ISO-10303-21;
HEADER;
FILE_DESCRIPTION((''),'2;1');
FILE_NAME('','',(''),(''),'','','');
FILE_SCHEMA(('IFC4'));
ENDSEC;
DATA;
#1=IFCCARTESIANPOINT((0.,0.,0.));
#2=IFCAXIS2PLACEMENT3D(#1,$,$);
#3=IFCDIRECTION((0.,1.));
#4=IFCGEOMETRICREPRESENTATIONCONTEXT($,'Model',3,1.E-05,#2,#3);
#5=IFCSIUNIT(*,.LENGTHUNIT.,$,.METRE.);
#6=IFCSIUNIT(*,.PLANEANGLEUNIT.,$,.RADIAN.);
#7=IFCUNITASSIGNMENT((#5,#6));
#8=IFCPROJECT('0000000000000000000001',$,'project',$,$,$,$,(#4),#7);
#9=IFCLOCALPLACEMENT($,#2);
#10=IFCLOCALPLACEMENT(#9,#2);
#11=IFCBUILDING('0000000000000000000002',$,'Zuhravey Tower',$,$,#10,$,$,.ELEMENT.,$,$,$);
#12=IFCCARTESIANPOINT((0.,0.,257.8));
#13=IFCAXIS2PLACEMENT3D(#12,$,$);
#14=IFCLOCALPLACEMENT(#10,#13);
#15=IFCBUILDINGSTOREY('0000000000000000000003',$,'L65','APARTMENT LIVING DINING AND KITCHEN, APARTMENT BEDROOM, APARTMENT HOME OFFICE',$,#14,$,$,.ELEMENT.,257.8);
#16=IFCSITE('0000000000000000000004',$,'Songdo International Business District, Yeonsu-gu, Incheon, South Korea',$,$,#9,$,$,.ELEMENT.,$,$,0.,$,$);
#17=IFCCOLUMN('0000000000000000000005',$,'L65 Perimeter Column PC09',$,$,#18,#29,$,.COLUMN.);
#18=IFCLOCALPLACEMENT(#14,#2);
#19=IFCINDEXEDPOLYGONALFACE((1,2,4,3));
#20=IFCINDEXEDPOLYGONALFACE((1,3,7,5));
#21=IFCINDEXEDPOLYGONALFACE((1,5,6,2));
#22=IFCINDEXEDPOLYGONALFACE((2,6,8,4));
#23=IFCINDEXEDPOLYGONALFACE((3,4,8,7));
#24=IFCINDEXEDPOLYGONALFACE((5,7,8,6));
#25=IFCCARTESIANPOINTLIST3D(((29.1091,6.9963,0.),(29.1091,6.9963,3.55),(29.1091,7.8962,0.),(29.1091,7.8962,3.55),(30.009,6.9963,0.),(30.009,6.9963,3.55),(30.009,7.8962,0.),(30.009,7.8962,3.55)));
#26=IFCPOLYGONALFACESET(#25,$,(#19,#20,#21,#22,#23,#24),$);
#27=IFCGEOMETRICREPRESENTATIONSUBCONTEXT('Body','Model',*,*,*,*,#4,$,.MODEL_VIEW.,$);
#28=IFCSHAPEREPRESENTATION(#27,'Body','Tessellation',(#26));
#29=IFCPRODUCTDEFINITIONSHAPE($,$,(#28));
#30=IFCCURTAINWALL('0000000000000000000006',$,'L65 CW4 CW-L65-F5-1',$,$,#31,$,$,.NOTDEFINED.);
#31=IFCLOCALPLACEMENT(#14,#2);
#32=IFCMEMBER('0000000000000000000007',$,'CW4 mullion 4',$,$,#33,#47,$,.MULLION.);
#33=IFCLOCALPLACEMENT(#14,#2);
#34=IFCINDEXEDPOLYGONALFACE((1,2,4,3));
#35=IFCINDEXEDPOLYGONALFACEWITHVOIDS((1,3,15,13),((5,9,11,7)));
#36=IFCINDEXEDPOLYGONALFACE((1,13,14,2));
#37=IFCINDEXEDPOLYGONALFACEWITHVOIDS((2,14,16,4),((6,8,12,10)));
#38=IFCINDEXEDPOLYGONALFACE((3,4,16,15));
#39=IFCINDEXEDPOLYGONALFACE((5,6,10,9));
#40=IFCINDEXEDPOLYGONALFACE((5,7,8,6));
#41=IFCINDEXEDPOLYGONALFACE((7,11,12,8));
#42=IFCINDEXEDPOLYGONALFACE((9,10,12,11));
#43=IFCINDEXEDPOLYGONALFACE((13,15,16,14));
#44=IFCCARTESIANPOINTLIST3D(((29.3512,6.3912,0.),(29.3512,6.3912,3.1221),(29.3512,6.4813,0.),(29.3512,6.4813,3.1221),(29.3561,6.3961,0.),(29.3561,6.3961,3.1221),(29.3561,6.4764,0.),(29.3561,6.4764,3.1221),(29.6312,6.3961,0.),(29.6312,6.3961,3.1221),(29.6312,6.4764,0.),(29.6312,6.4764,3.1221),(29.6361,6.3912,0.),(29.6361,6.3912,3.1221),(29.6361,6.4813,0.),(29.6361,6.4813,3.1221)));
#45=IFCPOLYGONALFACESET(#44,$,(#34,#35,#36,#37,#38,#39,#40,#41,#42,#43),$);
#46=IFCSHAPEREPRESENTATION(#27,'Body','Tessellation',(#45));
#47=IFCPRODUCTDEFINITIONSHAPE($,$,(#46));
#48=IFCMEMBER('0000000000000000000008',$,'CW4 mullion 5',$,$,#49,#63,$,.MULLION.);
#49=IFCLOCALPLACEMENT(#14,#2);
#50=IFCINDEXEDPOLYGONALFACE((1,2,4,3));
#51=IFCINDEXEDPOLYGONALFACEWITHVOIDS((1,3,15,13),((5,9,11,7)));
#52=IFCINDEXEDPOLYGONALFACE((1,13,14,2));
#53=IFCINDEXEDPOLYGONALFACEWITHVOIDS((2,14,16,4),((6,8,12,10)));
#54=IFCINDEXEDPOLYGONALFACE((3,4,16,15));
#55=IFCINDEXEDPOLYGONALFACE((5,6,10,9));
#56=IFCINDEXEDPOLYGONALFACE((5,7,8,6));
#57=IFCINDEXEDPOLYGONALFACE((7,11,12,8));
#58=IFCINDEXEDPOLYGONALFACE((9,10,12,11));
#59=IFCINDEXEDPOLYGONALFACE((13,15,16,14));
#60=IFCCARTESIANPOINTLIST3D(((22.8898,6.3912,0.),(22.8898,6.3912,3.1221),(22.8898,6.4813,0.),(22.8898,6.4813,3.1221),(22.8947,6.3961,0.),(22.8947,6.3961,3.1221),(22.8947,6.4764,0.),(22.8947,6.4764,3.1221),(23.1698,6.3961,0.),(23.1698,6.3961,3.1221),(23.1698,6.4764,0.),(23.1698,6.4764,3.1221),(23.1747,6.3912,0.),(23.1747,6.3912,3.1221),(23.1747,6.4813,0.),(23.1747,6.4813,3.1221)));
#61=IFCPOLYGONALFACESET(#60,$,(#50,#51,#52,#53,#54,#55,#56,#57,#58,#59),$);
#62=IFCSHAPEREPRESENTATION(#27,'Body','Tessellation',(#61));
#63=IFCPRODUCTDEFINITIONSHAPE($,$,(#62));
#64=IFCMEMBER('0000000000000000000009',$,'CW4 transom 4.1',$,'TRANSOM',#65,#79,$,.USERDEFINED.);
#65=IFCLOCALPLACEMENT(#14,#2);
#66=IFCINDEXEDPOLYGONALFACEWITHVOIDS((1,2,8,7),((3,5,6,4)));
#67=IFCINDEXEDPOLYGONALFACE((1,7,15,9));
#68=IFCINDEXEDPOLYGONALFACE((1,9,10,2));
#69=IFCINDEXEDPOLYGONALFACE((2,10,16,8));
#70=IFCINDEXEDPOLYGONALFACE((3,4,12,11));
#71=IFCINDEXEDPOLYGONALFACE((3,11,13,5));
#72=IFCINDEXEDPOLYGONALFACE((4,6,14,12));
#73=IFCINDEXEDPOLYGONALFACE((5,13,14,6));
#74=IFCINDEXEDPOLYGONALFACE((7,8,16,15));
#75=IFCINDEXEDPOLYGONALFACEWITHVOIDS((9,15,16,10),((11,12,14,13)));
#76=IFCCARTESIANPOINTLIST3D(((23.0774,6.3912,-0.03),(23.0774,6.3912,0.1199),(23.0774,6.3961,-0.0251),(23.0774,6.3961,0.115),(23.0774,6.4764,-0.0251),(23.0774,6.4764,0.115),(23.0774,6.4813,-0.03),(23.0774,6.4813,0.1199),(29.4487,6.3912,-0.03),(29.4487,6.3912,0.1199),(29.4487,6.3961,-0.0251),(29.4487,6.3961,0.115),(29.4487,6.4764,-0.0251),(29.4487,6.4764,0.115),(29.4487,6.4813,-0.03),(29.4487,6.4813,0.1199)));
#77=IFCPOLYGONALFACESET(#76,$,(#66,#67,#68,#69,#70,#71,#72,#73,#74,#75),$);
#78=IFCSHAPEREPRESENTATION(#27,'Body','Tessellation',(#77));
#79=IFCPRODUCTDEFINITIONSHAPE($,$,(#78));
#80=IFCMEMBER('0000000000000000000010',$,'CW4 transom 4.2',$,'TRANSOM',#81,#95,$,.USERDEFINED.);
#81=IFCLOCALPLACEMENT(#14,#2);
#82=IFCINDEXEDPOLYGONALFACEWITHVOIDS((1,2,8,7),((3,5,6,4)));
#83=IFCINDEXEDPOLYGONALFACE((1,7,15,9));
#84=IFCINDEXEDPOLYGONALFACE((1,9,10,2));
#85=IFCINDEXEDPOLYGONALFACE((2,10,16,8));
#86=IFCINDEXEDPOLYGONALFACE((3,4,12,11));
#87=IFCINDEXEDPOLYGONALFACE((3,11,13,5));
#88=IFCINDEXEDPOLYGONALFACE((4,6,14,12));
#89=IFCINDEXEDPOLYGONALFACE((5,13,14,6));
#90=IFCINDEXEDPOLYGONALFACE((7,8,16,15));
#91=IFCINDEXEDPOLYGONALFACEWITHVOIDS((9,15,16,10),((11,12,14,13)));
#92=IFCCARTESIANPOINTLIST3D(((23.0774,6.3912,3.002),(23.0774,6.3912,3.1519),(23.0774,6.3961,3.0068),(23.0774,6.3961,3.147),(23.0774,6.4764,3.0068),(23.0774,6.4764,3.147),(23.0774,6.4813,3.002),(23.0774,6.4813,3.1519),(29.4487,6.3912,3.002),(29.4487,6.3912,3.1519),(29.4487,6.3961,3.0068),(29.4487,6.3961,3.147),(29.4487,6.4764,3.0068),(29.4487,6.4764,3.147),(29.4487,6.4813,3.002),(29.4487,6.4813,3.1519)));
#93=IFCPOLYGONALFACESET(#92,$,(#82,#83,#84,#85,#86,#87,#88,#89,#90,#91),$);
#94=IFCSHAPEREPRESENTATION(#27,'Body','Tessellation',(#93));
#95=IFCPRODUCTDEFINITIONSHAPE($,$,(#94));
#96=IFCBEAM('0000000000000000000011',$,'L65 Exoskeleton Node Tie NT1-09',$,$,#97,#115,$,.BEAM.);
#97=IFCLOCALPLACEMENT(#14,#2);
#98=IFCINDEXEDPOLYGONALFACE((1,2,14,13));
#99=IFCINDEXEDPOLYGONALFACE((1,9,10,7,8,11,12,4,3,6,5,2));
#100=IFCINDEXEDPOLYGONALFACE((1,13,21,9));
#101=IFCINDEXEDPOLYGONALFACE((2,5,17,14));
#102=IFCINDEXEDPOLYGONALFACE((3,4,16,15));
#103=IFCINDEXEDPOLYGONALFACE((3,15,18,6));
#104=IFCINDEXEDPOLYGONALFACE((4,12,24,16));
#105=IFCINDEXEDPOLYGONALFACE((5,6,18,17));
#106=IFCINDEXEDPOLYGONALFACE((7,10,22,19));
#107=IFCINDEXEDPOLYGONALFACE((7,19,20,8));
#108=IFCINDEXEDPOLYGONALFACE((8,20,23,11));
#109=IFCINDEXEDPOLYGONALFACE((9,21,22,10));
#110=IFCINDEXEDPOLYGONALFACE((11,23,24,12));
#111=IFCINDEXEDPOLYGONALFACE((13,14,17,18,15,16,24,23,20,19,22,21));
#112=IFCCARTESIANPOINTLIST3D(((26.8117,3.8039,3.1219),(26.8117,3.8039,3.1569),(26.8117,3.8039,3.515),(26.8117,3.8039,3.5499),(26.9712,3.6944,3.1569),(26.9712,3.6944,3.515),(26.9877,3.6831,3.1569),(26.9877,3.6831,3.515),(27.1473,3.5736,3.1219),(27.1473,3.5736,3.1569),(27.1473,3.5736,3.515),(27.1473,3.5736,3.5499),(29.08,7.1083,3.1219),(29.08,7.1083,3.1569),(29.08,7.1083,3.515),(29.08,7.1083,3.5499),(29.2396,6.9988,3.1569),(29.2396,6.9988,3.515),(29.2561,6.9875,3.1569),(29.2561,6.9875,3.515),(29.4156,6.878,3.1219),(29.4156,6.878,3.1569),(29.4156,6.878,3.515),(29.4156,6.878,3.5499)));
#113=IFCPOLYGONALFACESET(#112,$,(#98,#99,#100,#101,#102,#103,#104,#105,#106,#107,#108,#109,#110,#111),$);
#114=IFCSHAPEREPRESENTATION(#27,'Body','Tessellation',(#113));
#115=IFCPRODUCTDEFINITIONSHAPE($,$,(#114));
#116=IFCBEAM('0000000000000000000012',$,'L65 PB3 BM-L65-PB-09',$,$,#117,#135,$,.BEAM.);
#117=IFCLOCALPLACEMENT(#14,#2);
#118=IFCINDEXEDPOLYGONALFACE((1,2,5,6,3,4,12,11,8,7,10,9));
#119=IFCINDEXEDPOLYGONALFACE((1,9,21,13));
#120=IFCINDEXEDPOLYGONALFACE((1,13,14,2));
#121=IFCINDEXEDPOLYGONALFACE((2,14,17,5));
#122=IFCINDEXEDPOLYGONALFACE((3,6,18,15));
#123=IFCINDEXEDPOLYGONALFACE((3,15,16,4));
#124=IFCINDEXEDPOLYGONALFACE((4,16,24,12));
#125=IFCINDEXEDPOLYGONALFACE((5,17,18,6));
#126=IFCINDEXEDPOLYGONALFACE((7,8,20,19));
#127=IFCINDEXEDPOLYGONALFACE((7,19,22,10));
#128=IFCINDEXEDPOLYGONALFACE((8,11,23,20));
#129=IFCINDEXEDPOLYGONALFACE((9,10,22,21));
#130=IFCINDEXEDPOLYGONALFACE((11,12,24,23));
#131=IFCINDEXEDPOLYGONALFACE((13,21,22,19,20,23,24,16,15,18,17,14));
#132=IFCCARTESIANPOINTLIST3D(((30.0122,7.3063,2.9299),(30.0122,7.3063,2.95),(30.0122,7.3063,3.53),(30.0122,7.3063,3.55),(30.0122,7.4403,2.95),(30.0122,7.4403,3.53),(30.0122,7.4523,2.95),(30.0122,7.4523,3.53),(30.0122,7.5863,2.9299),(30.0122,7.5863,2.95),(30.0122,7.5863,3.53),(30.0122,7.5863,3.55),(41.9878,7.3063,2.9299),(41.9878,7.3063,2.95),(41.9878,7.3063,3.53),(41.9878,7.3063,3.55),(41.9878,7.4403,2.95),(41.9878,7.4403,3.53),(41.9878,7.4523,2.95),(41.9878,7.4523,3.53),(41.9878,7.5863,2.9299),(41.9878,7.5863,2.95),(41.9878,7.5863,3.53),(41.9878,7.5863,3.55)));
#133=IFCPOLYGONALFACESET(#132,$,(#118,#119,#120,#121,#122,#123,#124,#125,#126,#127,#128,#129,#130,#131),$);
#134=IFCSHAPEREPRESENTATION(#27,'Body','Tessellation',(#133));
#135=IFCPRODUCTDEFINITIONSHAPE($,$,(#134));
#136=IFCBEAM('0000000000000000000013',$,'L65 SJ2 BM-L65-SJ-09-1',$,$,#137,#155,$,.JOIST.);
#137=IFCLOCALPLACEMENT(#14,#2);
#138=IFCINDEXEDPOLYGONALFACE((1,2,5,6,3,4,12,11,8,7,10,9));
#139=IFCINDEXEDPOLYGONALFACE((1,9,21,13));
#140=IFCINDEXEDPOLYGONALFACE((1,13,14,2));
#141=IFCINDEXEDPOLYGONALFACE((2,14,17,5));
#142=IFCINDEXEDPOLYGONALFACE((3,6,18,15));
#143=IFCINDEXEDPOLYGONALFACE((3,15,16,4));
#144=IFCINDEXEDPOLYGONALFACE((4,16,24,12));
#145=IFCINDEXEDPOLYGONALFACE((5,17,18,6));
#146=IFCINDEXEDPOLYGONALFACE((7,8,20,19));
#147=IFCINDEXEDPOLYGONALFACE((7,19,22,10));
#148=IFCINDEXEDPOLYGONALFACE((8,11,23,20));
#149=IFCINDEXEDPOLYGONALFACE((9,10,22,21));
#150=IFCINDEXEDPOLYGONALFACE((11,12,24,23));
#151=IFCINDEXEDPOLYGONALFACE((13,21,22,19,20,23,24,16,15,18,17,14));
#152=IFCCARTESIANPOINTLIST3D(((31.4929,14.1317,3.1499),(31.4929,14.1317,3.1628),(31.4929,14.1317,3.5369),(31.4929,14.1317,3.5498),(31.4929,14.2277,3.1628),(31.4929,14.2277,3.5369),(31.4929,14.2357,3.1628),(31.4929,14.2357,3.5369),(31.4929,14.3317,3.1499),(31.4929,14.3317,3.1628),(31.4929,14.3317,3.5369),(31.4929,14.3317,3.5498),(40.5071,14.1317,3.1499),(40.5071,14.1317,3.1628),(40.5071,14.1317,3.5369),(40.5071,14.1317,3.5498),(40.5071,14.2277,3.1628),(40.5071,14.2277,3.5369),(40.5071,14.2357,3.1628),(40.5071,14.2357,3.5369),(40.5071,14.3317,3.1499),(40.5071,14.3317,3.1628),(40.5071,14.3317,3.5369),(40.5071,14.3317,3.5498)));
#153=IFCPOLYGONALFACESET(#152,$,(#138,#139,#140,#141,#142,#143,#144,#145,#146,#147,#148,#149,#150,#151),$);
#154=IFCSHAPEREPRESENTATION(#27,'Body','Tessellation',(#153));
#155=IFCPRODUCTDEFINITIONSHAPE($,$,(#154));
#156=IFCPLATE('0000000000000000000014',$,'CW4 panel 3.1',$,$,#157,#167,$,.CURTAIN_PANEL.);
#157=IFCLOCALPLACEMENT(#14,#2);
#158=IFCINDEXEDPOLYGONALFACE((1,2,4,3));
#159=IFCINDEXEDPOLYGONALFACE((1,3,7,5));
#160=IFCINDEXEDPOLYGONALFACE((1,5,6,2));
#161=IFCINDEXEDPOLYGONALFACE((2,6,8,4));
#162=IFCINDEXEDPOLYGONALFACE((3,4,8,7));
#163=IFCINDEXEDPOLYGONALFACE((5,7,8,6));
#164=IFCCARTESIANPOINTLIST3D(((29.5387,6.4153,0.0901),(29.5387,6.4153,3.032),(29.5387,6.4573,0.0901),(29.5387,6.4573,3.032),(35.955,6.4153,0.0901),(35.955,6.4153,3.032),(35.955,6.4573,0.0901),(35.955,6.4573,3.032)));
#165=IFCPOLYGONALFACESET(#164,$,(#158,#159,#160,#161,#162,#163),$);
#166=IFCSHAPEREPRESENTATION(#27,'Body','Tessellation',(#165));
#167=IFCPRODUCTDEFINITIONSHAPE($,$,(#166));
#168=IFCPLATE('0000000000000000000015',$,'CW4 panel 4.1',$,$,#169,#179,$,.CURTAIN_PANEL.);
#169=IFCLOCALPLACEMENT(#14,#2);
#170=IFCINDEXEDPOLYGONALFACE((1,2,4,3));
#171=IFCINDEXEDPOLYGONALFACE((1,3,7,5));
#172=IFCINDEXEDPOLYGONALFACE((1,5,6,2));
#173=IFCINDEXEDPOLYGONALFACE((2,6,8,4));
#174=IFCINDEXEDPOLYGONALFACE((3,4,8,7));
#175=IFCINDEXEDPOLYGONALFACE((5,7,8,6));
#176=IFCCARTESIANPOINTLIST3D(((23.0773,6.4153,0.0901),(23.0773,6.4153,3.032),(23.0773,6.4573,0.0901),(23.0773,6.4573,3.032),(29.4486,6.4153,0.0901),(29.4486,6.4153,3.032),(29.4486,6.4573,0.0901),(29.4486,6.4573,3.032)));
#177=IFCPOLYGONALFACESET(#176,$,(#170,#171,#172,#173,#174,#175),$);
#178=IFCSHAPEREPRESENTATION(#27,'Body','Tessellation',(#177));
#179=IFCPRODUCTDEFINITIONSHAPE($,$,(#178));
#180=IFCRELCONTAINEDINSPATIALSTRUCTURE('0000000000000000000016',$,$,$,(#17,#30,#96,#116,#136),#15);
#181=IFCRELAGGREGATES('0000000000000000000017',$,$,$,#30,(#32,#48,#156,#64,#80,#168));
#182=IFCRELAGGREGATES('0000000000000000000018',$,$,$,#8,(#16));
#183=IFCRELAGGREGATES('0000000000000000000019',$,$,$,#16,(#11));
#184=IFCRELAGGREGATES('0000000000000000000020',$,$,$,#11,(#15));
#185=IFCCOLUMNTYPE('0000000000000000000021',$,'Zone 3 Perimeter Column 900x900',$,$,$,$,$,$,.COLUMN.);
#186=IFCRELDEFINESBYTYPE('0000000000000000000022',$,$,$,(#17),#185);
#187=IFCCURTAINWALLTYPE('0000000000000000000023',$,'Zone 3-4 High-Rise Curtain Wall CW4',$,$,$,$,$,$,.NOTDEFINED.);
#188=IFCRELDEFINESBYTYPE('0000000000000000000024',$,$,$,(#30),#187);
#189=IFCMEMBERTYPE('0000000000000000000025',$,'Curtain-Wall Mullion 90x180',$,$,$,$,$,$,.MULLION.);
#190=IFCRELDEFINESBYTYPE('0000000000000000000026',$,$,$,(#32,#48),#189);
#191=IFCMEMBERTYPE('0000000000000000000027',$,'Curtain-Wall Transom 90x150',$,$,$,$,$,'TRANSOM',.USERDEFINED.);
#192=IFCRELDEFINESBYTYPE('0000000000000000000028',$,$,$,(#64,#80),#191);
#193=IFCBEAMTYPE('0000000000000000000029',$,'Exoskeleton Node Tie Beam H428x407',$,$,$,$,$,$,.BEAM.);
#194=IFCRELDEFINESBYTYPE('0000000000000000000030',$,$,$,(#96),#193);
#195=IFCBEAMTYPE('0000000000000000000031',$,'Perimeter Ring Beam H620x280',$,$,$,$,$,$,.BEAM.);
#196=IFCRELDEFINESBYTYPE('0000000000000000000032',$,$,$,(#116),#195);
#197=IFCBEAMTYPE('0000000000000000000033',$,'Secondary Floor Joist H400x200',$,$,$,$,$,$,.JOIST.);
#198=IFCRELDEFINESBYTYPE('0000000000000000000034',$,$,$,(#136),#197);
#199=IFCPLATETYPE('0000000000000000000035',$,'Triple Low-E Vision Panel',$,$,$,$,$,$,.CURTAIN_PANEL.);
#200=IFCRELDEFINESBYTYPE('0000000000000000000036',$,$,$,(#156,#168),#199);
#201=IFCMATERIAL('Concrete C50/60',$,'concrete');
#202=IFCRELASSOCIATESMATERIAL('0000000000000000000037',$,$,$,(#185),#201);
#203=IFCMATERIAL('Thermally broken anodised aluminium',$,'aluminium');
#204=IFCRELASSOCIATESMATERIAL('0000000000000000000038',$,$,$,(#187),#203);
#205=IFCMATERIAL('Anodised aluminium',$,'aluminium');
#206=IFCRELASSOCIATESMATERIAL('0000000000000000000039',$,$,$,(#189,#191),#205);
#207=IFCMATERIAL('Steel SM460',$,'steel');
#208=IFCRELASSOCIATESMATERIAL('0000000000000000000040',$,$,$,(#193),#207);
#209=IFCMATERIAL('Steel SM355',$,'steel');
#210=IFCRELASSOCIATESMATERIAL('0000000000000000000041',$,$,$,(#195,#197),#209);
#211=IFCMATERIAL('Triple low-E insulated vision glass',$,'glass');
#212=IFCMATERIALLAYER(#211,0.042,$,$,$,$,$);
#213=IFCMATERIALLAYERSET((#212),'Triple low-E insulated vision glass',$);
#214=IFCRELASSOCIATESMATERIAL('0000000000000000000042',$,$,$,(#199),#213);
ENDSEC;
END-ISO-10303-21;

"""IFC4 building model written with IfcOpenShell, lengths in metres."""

from ifc_helpers import new_model, si_unit, direction, frame, origin, origin_2d, place, context, subcontext, project, spatial, rectangle, hollow_rectangle, i_section, extrude, material, layer, layer_set, material_profile, profile_set, type_object, element, aggregate, save


model = new_model("IFC4")

# Units and contexts
model_context = context("Model", 3, precision=1e-05, world=origin(), true_north=direction((0.0, 1.0)))
body_context = subcontext(model_context, "Body", "Model", "MODEL_VIEW")
ifc_project = project(units=[si_unit("LENGTHUNIT", "METRE"), si_unit("PLANEANGLEUNIT", "RADIAN")], contexts=[model_context])

# Site, building, storey
site_placement = place(None, origin())
site = spatial("IfcSite", under=ifc_project, at=site_placement, Name="Songdo International Business District, Yeonsu-gu, Incheon, South Korea", CompositionType="ELEMENT", RefElevation=0.0)
building_placement = place(site_placement, origin())
building = spatial("IfcBuilding", under=site, at=building_placement, Name="Zuhravey Tower", CompositionType="ELEMENT")
storey_placement = place(building_placement, frame((0.0, 0.0, 257.8)))
storey = spatial("IfcBuildingStorey", under=building, at=storey_placement, Name="L65", Description="APARTMENT LIVING DINING AND KITCHEN, APARTMENT BEDROOM, APARTMENT HOME OFFICE", CompositionType="ELEMENT", Elevation=257.8)

# Column
ifc_material_1 = material(Name="Concrete C50/60", Category="concrete")
ifc_material_profile_1 = material_profile(ifc_material_1, rectangle(XDim=0.8999, YDim=0.8999, at=origin_2d()), Name="RC-900x900")
ifc_profile_set_1 = profile_set([ifc_material_profile_1], Name="Concrete C50/60")
column_type = type_object("IfcColumnType", Name="Zone 3 Perimeter Column 900x900", PredefinedType="COLUMN", material=ifc_profile_set_1)
column_placement = place(storey_placement, frame((29.5591, 7.4463, 0.0), z_axis=(0.0, 0.0, 1.0), x_axis=(1.0, 0.0, 0.0)))
element("IfcColumn", 1, at=column_placement, inside=storey, type_object=column_type, Name="L65 Perimeter Column PC09", PredefinedType="COLUMN", context=body_context, shape_type="SweptSolid", body=[
    extrude(rectangle(XDim=0.8999, YDim=0.8999, at=origin_2d()), origin(), (0.0, 0.0, 1.0), 3.55),
])

# Curtain wall, members
ifc_material_2 = material(Name="Thermally broken anodised aluminium", Category="aluminium")
curtain_wall_type = type_object("IfcCurtainWallType", Name="Zone 3-4 High-Rise Curtain Wall CW4", PredefinedType="NOTDEFINED", material=ifc_material_2)
curtain_wall_placement = place(storey_placement, origin())
curtain_wall = element("IfcCurtainWall", 2, at=curtain_wall_placement, inside=storey, type_object=curtain_wall_type, Name="L65 CW4 CW-L65-F5-1", PredefinedType="NOTDEFINED")
ifc_material_3 = material(Name="Anodised aluminium", Category="aluminium")
ifc_material_profile_2 = material_profile(ifc_material_3, hollow_rectangle(XDim=0.0901, YDim=0.2849, WallThickness=0.0049, at=origin_2d()), Name="ALU-RHS-90x285x5")
ifc_profile_set_2 = profile_set([ifc_material_profile_2], Name="Anodised aluminium")
member_type_1 = type_object("IfcMemberType", Name="Curtain-Wall Mullion 90x180", PredefinedType="MULLION", material=ifc_profile_set_2)
member_1_placement = place(storey_placement, frame((29.4937, 6.4363, 0.0), z_axis=(0.0, 0.0, 1.0), x_axis=(0.0, -1.0, 0.0)))
member_1 = element("IfcMember", 3, at=member_1_placement, type_object=member_type_1, Name="CW4 mullion 4", PredefinedType="MULLION", context=body_context, shape_type="SweptSolid", body=[
    extrude(hollow_rectangle(XDim=0.0901, YDim=0.2849, WallThickness=0.0049, at=origin_2d()), origin(), (0.0, 0.0, 1.0), 3.1221),
])
member_2_placement = place(storey_placement, frame((23.0322, 6.4363, 0.0), z_axis=(0.0, 0.0, 1.0), x_axis=(0.0, -1.0, 0.0)))
member_2 = element("IfcMember", 4, at=member_2_placement, type_object=member_type_1, Name="CW4 mullion 5", PredefinedType="MULLION", context=body_context, shape_type="SweptSolid", body=[
    extrude(hollow_rectangle(XDim=0.0901, YDim=0.2849, WallThickness=0.0049, at=origin_2d()), origin(), (0.0, 0.0, 1.0), 3.1221),
])
ifc_material_profile_3 = material_profile(ifc_material_3, hollow_rectangle(XDim=0.0901, YDim=0.1499, WallThickness=0.0049, at=origin_2d()), Name="ALU-RHS-90x150x5")
ifc_profile_set_3 = profile_set([ifc_material_profile_3], Name="Anodised aluminium")
member_type_2 = type_object("IfcMemberType", Name="Curtain-Wall Transom 90x150", ElementType="TRANSOM", PredefinedType="USERDEFINED", material=ifc_profile_set_3)
member_3_placement = place(storey_placement, frame((29.4487, 6.4363, 0.0449), z_axis=(-1.0, 0.0, 0.0), x_axis=(0.0, -1.0, 0.0)))
member_3 = element("IfcMember", 5, at=member_3_placement, type_object=member_type_2, Name="CW4 transom 4.1", ObjectType="TRANSOM", PredefinedType="USERDEFINED", context=body_context, shape_type="SweptSolid", body=[
    extrude(hollow_rectangle(XDim=0.0901, YDim=0.1499, WallThickness=0.0049, at=origin_2d()), origin(), (0.0, 0.0, 1.0), 6.3713),
])
member_4_placement = place(storey_placement, frame((29.4487, 6.4363, 3.0769), z_axis=(-1.0, 0.0, 0.0), x_axis=(0.0, -1.0, 0.0)))
member_4 = element("IfcMember", 6, at=member_4_placement, type_object=member_type_2, Name="CW4 transom 4.2", ObjectType="TRANSOM", PredefinedType="USERDEFINED", context=body_context, shape_type="SweptSolid", body=[
    extrude(hollow_rectangle(XDim=0.0901, YDim=0.1499, WallThickness=0.0049, at=origin_2d()), origin(), (0.0, 0.0, 1.0), 6.3713),
])

# Beams
ifc_material_4 = material(Name="Steel SM460", Category="steel")
ifc_material_profile_4 = material_profile(ifc_material_4, i_section(OverallWidth=0.407, OverallDepth=0.428, WebThickness=0.02, FlangeThickness=0.0349, at=origin_2d()), Name="H-428x407x20x35")
ifc_profile_set_4 = profile_set([ifc_material_profile_4], Name="Steel SM460")
beam_type_1 = type_object("IfcBeamType", Name="Exoskeleton Node Tie Beam H428x407", PredefinedType="BEAM", material=ifc_profile_set_4)
beam_1_placement = place(storey_placement, frame((29.2478, 6.9932, 3.3359), z_axis=(-0.565937, -0.824449, 0.0), x_axis=(0.824449, -0.565937, 0.0)))
element("IfcBeam", 7, at=beam_1_placement, inside=storey, type_object=beam_type_1, Name="L65 Exoskeleton Node Tie NT1-09", PredefinedType="BEAM", context=body_context, shape_type="SweptSolid", body=[
    extrude(i_section(OverallWidth=0.407, OverallDepth=0.428, WebThickness=0.02, FlangeThickness=0.0349, at=origin_2d()), origin(), (0.0, 0.0, 1.0), 4.0081),
])
ifc_material_5 = material(Name="Steel SM355", Category="steel")
ifc_material_profile_5 = material_profile(ifc_material_5, i_section(OverallWidth=0.28, OverallDepth=0.6201, WebThickness=0.012, FlangeThickness=0.02, at=origin_2d()), Name="H-620x280x12x20")
ifc_profile_set_5 = profile_set([ifc_material_profile_5], Name="Steel SM355")
beam_type_2 = type_object("IfcBeamType", Name="Perimeter Ring Beam H620x280", PredefinedType="BEAM", material=ifc_profile_set_5)
beam_2_placement = place(storey_placement, frame((30.0122, 7.4463, 3.24), z_axis=(1.0, 0.0, 0.0), x_axis=(0.0, 1.0, 0.0)))
element("IfcBeam", 8, at=beam_2_placement, inside=storey, type_object=beam_type_2, Name="L65 PB3 BM-L65-PB-09", PredefinedType="BEAM", context=body_context, shape_type="SweptSolid", body=[
    extrude(i_section(OverallWidth=0.28, OverallDepth=0.6201, WebThickness=0.012, FlangeThickness=0.02, at=origin_2d()), origin(), (0.0, 0.0, 1.0), 11.9756),
])
ifc_material_profile_6 = material_profile(ifc_material_5, i_section(OverallWidth=0.2, OverallDepth=0.3999, WebThickness=0.0081, FlangeThickness=0.0129, at=origin_2d()), Name="H-400x200x8x13")
ifc_profile_set_6 = profile_set([ifc_material_profile_6], Name="Steel SM355")
beam_type_3 = type_object("IfcBeamType", Name="Secondary Floor Joist H400x200", PredefinedType="JOIST", material=ifc_profile_set_6)
beam_3_placement = place(storey_placement, frame((31.4929, 14.2317, 3.3499), z_axis=(1.0, 0.0, 0.0), x_axis=(0.0, 1.0, 0.0)))
element("IfcBeam", 9, at=beam_3_placement, inside=storey, type_object=beam_type_3, Name="L65 SJ2 BM-L65-SJ-09-1", PredefinedType="JOIST", context=body_context, shape_type="SweptSolid", body=[
    extrude(i_section(OverallWidth=0.2, OverallDepth=0.3999, WebThickness=0.0081, FlangeThickness=0.0129, at=origin_2d()), origin(), (0.0, 0.0, 1.0), 9.0142),
])

# Plates
ifc_material_6 = material(Name="Triple low-E insulated vision glass", Category="glass")
ifc_layer_1 = layer(ifc_material_6, 0.042)
ifc_layer_set_1 = layer_set([ifc_layer_1], Name="Triple low-E insulated vision glass")
plate_type = type_object("IfcPlateType", Name="Triple Low-E Vision Panel", PredefinedType="CURTAIN_PANEL", material=ifc_layer_set_1)
plate_1_placement = place(storey_placement, frame((32.7468, 6.4363, 0.0901), z_axis=(0.0, 0.0, 1.0), x_axis=(-1.0, 0.0, 0.0)))
plate_1 = element("IfcPlate", 10, at=plate_1_placement, type_object=plate_type, Name="CW4 panel 3.1", PredefinedType="CURTAIN_PANEL", context=body_context, shape_type="SweptSolid", body=[
    extrude(rectangle(XDim=6.4163, YDim=0.042, at=origin_2d()), origin(), (0.0, 0.0, 1.0), 2.9419),
])
plate_2_placement = place(storey_placement, frame((26.2629, 6.4363, 0.0901), z_axis=(0.0, 0.0, 1.0), x_axis=(-1.0, 0.0, 0.0)))
plate_2 = element("IfcPlate", 11, at=plate_2_placement, type_object=plate_type, Name="CW4 panel 4.1", PredefinedType="CURTAIN_PANEL", context=body_context, shape_type="SweptSolid", body=[
    extrude(rectangle(XDim=6.3713, YDim=0.042, at=origin_2d()), origin(), (0.0, 0.0, 1.0), 2.9419),
])
aggregate(curtain_wall, [member_1, member_2, plate_1, member_3, member_4, plate_2])

save(model, "model.ifc")
